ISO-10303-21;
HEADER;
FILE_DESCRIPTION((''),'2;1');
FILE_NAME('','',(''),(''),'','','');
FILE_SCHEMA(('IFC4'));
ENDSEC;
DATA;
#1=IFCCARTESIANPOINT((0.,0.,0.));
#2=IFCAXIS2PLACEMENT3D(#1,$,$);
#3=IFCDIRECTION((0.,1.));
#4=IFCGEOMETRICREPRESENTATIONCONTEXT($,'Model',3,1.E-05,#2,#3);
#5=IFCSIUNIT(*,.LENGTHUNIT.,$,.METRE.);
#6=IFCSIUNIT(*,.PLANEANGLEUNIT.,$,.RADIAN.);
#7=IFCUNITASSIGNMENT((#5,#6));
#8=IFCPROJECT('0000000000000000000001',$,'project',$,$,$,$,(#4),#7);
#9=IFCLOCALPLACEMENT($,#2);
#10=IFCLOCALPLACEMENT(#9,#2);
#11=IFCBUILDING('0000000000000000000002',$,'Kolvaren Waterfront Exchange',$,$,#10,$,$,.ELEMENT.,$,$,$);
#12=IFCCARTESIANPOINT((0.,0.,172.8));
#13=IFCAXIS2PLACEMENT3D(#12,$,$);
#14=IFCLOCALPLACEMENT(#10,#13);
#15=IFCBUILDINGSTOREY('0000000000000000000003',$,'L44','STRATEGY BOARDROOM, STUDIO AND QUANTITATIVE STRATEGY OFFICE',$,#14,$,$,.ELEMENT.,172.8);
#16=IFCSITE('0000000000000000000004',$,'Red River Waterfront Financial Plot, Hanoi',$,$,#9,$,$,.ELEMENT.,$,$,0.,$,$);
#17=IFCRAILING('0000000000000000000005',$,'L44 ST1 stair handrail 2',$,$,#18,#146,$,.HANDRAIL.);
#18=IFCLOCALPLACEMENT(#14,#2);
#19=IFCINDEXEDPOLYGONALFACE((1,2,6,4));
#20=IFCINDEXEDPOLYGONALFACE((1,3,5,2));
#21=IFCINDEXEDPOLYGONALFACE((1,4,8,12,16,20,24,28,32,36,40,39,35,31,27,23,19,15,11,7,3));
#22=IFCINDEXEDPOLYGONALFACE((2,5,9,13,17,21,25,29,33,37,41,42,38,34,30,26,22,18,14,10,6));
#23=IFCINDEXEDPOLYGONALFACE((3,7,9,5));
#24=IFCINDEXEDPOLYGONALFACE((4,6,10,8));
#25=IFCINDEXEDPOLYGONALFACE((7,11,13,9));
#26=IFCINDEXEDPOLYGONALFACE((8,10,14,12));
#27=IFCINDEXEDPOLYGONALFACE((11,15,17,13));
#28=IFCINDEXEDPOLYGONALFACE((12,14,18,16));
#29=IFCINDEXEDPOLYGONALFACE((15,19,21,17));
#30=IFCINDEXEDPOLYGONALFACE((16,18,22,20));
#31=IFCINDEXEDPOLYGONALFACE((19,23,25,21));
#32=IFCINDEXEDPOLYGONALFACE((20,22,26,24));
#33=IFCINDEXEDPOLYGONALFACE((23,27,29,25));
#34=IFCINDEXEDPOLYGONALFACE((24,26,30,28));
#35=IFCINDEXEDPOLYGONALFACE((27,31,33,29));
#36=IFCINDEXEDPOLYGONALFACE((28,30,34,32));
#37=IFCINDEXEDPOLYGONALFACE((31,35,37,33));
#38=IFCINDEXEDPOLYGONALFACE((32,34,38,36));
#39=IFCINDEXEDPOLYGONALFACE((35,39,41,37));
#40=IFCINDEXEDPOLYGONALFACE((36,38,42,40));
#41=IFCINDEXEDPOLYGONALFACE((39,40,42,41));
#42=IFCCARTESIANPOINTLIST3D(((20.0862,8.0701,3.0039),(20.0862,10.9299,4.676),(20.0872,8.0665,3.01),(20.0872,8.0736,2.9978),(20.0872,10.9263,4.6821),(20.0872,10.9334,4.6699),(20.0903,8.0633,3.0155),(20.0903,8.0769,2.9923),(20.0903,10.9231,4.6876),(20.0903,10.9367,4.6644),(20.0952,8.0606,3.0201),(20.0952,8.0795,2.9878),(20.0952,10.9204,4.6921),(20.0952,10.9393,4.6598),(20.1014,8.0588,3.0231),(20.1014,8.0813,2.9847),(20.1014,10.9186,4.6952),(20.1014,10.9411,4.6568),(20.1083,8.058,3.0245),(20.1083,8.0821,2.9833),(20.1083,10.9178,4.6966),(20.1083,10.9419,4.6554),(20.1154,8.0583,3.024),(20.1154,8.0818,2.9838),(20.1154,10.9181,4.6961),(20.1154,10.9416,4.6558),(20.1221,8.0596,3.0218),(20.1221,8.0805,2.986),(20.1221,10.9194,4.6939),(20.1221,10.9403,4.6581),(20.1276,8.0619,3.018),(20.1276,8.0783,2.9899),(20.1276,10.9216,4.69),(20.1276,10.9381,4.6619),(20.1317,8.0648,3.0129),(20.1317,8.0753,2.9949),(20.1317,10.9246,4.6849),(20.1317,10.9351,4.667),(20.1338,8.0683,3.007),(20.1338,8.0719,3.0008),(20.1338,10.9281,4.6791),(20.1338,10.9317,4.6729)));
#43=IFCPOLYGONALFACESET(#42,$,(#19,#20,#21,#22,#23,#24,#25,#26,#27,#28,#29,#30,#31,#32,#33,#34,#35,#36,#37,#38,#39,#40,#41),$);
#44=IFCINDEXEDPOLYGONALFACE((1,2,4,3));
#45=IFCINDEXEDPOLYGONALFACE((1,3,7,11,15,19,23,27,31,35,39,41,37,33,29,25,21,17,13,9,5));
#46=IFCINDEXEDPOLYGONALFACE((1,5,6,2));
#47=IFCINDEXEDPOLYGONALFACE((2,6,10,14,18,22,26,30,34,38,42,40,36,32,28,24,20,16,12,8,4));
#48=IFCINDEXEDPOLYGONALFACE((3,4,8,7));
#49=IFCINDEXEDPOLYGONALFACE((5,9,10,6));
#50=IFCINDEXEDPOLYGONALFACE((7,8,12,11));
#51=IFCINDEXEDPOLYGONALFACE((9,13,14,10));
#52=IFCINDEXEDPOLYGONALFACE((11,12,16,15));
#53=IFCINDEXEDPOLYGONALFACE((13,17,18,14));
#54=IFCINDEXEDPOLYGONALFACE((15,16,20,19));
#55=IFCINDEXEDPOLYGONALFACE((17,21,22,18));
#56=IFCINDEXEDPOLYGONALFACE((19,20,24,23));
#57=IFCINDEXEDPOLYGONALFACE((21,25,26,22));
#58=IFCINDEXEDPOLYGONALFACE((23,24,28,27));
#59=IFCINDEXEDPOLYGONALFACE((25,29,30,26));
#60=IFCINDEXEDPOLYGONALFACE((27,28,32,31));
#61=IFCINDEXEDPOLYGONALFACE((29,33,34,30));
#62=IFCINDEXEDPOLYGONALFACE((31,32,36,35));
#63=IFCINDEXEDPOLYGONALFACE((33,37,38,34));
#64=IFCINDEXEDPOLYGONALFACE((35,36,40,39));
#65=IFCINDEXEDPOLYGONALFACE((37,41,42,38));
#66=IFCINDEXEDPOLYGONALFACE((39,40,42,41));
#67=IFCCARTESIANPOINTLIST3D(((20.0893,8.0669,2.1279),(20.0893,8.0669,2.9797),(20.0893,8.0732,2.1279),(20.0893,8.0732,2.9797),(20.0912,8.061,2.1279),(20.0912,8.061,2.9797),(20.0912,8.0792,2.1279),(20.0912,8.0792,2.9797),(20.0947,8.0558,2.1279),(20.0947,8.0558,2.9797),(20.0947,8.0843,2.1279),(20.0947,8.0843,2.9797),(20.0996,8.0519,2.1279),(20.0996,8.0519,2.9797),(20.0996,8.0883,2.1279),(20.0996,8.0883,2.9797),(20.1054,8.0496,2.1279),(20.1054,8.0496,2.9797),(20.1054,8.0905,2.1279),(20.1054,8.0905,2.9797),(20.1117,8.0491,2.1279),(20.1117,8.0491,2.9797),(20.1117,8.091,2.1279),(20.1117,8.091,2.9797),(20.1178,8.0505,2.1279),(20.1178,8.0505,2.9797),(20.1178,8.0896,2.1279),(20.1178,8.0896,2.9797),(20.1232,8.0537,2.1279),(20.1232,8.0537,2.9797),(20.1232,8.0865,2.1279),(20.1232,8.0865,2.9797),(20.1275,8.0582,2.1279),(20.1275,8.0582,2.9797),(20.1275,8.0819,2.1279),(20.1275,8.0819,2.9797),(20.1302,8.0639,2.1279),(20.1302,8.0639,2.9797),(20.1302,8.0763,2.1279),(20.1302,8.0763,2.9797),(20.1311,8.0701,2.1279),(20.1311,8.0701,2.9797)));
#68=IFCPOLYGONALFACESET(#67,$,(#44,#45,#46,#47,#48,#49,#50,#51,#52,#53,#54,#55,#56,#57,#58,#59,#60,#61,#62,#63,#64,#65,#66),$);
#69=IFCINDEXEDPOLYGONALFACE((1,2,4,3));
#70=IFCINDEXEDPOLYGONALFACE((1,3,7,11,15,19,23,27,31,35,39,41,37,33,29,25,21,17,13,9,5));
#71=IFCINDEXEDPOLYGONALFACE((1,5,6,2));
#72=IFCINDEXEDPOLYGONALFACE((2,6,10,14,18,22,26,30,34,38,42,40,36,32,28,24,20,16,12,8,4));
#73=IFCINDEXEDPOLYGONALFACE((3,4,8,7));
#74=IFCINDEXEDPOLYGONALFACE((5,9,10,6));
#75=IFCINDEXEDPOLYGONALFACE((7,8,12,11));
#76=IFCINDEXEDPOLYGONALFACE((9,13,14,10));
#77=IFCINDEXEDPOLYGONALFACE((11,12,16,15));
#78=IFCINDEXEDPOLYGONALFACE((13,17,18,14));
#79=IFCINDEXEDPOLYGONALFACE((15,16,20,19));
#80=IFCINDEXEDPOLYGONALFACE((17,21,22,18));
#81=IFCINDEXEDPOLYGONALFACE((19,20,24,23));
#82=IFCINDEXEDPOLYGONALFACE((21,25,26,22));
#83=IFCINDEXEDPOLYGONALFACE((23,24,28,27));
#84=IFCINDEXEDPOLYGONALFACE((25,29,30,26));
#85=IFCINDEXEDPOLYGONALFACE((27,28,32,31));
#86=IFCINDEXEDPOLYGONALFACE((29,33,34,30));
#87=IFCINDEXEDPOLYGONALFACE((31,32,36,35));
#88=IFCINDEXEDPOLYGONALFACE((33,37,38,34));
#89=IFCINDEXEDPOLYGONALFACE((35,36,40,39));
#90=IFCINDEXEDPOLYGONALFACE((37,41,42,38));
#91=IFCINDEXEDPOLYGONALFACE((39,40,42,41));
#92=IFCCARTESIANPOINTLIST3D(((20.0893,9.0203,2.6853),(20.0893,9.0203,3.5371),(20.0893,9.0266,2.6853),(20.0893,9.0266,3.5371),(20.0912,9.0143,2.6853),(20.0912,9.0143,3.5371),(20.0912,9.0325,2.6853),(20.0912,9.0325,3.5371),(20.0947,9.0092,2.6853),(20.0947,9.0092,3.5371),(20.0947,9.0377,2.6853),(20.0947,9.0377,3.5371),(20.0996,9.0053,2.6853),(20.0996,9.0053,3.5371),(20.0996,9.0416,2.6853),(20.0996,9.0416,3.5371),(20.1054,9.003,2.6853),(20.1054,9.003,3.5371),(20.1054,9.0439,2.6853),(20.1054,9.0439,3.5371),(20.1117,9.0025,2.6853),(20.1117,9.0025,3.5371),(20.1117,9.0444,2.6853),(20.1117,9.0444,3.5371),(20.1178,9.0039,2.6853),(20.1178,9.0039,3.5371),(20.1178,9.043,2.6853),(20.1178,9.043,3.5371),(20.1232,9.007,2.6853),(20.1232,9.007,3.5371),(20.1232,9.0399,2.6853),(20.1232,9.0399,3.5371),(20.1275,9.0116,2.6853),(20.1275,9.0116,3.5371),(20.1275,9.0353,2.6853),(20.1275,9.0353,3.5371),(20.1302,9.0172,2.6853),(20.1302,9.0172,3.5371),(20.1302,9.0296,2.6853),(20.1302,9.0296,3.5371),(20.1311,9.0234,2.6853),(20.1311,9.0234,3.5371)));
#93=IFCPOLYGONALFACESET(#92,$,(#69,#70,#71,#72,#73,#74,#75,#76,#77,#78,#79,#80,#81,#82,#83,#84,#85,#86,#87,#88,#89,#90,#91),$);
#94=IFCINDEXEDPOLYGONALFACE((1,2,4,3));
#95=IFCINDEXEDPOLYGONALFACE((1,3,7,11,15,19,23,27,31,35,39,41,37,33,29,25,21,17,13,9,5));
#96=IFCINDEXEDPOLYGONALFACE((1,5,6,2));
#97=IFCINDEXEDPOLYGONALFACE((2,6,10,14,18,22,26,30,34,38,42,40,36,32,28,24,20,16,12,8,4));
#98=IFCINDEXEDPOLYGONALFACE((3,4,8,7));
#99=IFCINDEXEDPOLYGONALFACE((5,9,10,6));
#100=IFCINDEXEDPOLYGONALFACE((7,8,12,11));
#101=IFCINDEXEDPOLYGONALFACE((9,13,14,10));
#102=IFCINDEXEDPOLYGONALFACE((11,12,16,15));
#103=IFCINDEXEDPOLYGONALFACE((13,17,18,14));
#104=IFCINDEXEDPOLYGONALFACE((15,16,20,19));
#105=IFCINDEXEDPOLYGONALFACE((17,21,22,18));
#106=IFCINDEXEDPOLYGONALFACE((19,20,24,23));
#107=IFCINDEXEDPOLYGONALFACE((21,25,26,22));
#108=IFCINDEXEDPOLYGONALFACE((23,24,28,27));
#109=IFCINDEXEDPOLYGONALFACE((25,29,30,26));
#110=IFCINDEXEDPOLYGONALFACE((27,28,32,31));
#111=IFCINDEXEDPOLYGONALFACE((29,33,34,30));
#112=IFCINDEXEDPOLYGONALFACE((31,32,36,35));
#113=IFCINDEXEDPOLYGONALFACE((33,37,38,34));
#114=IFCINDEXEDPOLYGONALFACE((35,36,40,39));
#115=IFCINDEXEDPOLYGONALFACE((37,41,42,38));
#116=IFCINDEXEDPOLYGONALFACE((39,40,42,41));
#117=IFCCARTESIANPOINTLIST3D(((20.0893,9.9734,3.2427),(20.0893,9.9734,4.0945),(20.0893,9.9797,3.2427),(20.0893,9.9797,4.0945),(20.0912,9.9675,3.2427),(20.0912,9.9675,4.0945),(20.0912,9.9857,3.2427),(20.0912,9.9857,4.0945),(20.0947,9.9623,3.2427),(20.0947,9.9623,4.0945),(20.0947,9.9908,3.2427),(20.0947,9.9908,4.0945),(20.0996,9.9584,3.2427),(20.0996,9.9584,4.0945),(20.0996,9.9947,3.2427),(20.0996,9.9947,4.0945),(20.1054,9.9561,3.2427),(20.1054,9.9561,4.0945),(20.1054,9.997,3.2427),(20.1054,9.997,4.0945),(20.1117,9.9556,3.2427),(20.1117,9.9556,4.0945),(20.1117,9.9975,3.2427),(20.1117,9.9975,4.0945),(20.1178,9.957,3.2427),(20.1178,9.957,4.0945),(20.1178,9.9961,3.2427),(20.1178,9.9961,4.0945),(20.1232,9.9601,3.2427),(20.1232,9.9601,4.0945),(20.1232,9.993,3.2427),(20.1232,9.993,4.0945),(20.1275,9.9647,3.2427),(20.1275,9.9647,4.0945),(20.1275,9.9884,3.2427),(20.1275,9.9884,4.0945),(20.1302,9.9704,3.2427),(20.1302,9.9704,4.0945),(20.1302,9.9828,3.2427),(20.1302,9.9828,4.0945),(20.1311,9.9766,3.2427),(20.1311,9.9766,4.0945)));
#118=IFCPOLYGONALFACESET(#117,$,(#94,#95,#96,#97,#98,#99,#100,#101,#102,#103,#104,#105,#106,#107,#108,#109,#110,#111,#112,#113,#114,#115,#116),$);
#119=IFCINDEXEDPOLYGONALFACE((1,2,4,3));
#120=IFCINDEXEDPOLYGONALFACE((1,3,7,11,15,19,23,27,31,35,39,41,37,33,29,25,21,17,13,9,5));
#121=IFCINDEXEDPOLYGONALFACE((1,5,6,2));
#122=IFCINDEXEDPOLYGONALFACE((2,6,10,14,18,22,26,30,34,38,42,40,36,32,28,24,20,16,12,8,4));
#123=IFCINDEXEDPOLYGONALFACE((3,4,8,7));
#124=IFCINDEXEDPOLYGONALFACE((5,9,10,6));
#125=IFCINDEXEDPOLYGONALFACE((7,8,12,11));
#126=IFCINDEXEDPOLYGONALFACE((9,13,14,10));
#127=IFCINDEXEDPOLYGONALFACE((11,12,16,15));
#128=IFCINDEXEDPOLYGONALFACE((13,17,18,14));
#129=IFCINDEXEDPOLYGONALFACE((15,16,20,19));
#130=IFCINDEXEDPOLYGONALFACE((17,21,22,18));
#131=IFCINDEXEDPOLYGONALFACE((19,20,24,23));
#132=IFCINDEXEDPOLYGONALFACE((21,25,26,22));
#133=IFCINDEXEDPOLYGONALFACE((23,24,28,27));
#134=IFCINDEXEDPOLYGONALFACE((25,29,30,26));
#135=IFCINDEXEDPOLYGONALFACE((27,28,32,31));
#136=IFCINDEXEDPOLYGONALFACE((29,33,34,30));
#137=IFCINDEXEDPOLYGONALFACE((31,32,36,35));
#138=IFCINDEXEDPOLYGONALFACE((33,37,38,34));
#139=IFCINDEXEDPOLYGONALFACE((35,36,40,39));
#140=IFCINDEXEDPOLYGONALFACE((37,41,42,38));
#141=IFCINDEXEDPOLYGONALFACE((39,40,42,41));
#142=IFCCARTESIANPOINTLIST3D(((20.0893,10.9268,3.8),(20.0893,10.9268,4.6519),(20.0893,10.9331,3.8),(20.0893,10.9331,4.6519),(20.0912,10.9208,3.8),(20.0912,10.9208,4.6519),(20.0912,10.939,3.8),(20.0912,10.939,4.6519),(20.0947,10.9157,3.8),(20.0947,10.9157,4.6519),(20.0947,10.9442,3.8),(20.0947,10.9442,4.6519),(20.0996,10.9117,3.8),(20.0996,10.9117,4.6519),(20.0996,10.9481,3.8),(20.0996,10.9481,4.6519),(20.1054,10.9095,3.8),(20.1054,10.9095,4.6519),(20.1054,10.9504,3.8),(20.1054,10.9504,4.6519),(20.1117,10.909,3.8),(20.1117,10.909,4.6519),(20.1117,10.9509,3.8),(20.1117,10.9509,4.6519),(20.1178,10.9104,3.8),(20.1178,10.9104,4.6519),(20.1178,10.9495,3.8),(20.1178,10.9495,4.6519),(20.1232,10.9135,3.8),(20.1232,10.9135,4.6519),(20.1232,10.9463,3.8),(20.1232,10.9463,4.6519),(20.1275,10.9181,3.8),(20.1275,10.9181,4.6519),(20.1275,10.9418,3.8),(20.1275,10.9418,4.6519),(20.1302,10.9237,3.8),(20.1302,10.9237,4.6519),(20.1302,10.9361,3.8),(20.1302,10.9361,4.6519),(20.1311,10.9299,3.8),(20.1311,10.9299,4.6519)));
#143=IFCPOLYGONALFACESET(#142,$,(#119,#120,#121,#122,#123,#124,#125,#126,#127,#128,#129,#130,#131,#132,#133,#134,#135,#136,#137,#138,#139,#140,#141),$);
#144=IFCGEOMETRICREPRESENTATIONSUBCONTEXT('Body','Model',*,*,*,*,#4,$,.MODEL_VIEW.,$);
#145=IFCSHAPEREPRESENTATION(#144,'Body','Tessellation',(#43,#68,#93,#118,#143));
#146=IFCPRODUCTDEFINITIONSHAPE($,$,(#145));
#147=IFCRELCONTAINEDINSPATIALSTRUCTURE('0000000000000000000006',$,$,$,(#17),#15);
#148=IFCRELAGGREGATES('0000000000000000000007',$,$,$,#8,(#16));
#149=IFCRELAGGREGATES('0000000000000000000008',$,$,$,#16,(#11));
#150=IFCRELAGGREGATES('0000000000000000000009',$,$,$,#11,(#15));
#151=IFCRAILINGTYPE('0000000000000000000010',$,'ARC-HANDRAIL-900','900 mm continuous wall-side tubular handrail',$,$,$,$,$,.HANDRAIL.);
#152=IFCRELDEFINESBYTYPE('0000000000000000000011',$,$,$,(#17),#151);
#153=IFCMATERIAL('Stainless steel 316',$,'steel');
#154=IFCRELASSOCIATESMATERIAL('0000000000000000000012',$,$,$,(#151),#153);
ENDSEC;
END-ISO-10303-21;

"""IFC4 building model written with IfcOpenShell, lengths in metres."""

from ifc_helpers import new_model, si_unit, direction, frame, origin, origin_2d, place, context, subcontext, project, spatial, circle, extrude, material, type_object, element, save


model = new_model("IFC4")

# Units and contexts
model_context = context("Model", 3, precision=1e-05, world=origin(), true_north=direction((0.0, 1.0)))
body_context = subcontext(model_context, "Body", "Model", "MODEL_VIEW")
ifc_project = project(units=[si_unit("LENGTHUNIT", "METRE"), si_unit("PLANEANGLEUNIT", "RADIAN")], contexts=[model_context])

# Site, building, storey
site_placement = place(None, origin())
site = spatial("IfcSite", under=ifc_project, at=site_placement, Name="Red River Waterfront Financial Plot, Hanoi", CompositionType="ELEMENT", RefElevation=0.0)
building_placement = place(site_placement, origin())
building = spatial("IfcBuilding", under=site, at=building_placement, Name="Kolvaren Waterfront Exchange", CompositionType="ELEMENT")
storey_placement = place(building_placement, frame((0.0, 0.0, 172.8)))
storey = spatial("IfcBuildingStorey", under=building, at=storey_placement, Name="L44", Description="STRATEGY BOARDROOM, STUDIO AND QUANTITATIVE STRATEGY OFFICE", CompositionType="ELEMENT", Elevation=172.8)

# Railing
ifc_material_1 = material(Name="Stainless steel 316", Category="steel")
railing_type_1 = type_object("IfcRailingType", Name="ARC-HANDRAIL-900", Description="900 mm continuous wall-side tubular handrail", PredefinedType="HANDRAIL", material=ifc_material_1)
railing_1_placement = place(storey_placement, frame((20.1101, 8.0701, 2.1279)))
element("IfcRailing", 1, at=railing_1_placement, inside=storey, type_object=railing_type_1, Name="L44 ST1 stair handrail 2", PredefinedType="HANDRAIL", context=body_context, shape_type="SweptSolid", body=[
    extrude(circle(Radius=0.0239, at=origin_2d()), frame((0.0, 0.0, 0.876), z_axis=(0.0, 0.863271, 0.504741), x_axis=(-1.0, 0.0, 0.0)), (0.0, 0.0, 1.0), 3.3127),
    extrude(circle(Radius=0.021, at=origin_2d()), origin(), (0.0, 0.0, 1.0), 0.8518),
    extrude(circle(Radius=0.021, at=origin_2d()), frame((0.0, 0.9534, 0.5574)), (0.0, 0.0, 1.0), 0.8518),
    extrude(circle(Radius=0.021, at=origin_2d()), frame((0.0, 1.9065, 1.1147)), (0.0, 0.0, 1.0), 0.8518),
    extrude(circle(Radius=0.021, at=origin_2d()), frame((0.0, 2.8599, 1.6721)), (0.0, 0.0, 1.0), 0.8518),
])

save(model, "model.ifc")
